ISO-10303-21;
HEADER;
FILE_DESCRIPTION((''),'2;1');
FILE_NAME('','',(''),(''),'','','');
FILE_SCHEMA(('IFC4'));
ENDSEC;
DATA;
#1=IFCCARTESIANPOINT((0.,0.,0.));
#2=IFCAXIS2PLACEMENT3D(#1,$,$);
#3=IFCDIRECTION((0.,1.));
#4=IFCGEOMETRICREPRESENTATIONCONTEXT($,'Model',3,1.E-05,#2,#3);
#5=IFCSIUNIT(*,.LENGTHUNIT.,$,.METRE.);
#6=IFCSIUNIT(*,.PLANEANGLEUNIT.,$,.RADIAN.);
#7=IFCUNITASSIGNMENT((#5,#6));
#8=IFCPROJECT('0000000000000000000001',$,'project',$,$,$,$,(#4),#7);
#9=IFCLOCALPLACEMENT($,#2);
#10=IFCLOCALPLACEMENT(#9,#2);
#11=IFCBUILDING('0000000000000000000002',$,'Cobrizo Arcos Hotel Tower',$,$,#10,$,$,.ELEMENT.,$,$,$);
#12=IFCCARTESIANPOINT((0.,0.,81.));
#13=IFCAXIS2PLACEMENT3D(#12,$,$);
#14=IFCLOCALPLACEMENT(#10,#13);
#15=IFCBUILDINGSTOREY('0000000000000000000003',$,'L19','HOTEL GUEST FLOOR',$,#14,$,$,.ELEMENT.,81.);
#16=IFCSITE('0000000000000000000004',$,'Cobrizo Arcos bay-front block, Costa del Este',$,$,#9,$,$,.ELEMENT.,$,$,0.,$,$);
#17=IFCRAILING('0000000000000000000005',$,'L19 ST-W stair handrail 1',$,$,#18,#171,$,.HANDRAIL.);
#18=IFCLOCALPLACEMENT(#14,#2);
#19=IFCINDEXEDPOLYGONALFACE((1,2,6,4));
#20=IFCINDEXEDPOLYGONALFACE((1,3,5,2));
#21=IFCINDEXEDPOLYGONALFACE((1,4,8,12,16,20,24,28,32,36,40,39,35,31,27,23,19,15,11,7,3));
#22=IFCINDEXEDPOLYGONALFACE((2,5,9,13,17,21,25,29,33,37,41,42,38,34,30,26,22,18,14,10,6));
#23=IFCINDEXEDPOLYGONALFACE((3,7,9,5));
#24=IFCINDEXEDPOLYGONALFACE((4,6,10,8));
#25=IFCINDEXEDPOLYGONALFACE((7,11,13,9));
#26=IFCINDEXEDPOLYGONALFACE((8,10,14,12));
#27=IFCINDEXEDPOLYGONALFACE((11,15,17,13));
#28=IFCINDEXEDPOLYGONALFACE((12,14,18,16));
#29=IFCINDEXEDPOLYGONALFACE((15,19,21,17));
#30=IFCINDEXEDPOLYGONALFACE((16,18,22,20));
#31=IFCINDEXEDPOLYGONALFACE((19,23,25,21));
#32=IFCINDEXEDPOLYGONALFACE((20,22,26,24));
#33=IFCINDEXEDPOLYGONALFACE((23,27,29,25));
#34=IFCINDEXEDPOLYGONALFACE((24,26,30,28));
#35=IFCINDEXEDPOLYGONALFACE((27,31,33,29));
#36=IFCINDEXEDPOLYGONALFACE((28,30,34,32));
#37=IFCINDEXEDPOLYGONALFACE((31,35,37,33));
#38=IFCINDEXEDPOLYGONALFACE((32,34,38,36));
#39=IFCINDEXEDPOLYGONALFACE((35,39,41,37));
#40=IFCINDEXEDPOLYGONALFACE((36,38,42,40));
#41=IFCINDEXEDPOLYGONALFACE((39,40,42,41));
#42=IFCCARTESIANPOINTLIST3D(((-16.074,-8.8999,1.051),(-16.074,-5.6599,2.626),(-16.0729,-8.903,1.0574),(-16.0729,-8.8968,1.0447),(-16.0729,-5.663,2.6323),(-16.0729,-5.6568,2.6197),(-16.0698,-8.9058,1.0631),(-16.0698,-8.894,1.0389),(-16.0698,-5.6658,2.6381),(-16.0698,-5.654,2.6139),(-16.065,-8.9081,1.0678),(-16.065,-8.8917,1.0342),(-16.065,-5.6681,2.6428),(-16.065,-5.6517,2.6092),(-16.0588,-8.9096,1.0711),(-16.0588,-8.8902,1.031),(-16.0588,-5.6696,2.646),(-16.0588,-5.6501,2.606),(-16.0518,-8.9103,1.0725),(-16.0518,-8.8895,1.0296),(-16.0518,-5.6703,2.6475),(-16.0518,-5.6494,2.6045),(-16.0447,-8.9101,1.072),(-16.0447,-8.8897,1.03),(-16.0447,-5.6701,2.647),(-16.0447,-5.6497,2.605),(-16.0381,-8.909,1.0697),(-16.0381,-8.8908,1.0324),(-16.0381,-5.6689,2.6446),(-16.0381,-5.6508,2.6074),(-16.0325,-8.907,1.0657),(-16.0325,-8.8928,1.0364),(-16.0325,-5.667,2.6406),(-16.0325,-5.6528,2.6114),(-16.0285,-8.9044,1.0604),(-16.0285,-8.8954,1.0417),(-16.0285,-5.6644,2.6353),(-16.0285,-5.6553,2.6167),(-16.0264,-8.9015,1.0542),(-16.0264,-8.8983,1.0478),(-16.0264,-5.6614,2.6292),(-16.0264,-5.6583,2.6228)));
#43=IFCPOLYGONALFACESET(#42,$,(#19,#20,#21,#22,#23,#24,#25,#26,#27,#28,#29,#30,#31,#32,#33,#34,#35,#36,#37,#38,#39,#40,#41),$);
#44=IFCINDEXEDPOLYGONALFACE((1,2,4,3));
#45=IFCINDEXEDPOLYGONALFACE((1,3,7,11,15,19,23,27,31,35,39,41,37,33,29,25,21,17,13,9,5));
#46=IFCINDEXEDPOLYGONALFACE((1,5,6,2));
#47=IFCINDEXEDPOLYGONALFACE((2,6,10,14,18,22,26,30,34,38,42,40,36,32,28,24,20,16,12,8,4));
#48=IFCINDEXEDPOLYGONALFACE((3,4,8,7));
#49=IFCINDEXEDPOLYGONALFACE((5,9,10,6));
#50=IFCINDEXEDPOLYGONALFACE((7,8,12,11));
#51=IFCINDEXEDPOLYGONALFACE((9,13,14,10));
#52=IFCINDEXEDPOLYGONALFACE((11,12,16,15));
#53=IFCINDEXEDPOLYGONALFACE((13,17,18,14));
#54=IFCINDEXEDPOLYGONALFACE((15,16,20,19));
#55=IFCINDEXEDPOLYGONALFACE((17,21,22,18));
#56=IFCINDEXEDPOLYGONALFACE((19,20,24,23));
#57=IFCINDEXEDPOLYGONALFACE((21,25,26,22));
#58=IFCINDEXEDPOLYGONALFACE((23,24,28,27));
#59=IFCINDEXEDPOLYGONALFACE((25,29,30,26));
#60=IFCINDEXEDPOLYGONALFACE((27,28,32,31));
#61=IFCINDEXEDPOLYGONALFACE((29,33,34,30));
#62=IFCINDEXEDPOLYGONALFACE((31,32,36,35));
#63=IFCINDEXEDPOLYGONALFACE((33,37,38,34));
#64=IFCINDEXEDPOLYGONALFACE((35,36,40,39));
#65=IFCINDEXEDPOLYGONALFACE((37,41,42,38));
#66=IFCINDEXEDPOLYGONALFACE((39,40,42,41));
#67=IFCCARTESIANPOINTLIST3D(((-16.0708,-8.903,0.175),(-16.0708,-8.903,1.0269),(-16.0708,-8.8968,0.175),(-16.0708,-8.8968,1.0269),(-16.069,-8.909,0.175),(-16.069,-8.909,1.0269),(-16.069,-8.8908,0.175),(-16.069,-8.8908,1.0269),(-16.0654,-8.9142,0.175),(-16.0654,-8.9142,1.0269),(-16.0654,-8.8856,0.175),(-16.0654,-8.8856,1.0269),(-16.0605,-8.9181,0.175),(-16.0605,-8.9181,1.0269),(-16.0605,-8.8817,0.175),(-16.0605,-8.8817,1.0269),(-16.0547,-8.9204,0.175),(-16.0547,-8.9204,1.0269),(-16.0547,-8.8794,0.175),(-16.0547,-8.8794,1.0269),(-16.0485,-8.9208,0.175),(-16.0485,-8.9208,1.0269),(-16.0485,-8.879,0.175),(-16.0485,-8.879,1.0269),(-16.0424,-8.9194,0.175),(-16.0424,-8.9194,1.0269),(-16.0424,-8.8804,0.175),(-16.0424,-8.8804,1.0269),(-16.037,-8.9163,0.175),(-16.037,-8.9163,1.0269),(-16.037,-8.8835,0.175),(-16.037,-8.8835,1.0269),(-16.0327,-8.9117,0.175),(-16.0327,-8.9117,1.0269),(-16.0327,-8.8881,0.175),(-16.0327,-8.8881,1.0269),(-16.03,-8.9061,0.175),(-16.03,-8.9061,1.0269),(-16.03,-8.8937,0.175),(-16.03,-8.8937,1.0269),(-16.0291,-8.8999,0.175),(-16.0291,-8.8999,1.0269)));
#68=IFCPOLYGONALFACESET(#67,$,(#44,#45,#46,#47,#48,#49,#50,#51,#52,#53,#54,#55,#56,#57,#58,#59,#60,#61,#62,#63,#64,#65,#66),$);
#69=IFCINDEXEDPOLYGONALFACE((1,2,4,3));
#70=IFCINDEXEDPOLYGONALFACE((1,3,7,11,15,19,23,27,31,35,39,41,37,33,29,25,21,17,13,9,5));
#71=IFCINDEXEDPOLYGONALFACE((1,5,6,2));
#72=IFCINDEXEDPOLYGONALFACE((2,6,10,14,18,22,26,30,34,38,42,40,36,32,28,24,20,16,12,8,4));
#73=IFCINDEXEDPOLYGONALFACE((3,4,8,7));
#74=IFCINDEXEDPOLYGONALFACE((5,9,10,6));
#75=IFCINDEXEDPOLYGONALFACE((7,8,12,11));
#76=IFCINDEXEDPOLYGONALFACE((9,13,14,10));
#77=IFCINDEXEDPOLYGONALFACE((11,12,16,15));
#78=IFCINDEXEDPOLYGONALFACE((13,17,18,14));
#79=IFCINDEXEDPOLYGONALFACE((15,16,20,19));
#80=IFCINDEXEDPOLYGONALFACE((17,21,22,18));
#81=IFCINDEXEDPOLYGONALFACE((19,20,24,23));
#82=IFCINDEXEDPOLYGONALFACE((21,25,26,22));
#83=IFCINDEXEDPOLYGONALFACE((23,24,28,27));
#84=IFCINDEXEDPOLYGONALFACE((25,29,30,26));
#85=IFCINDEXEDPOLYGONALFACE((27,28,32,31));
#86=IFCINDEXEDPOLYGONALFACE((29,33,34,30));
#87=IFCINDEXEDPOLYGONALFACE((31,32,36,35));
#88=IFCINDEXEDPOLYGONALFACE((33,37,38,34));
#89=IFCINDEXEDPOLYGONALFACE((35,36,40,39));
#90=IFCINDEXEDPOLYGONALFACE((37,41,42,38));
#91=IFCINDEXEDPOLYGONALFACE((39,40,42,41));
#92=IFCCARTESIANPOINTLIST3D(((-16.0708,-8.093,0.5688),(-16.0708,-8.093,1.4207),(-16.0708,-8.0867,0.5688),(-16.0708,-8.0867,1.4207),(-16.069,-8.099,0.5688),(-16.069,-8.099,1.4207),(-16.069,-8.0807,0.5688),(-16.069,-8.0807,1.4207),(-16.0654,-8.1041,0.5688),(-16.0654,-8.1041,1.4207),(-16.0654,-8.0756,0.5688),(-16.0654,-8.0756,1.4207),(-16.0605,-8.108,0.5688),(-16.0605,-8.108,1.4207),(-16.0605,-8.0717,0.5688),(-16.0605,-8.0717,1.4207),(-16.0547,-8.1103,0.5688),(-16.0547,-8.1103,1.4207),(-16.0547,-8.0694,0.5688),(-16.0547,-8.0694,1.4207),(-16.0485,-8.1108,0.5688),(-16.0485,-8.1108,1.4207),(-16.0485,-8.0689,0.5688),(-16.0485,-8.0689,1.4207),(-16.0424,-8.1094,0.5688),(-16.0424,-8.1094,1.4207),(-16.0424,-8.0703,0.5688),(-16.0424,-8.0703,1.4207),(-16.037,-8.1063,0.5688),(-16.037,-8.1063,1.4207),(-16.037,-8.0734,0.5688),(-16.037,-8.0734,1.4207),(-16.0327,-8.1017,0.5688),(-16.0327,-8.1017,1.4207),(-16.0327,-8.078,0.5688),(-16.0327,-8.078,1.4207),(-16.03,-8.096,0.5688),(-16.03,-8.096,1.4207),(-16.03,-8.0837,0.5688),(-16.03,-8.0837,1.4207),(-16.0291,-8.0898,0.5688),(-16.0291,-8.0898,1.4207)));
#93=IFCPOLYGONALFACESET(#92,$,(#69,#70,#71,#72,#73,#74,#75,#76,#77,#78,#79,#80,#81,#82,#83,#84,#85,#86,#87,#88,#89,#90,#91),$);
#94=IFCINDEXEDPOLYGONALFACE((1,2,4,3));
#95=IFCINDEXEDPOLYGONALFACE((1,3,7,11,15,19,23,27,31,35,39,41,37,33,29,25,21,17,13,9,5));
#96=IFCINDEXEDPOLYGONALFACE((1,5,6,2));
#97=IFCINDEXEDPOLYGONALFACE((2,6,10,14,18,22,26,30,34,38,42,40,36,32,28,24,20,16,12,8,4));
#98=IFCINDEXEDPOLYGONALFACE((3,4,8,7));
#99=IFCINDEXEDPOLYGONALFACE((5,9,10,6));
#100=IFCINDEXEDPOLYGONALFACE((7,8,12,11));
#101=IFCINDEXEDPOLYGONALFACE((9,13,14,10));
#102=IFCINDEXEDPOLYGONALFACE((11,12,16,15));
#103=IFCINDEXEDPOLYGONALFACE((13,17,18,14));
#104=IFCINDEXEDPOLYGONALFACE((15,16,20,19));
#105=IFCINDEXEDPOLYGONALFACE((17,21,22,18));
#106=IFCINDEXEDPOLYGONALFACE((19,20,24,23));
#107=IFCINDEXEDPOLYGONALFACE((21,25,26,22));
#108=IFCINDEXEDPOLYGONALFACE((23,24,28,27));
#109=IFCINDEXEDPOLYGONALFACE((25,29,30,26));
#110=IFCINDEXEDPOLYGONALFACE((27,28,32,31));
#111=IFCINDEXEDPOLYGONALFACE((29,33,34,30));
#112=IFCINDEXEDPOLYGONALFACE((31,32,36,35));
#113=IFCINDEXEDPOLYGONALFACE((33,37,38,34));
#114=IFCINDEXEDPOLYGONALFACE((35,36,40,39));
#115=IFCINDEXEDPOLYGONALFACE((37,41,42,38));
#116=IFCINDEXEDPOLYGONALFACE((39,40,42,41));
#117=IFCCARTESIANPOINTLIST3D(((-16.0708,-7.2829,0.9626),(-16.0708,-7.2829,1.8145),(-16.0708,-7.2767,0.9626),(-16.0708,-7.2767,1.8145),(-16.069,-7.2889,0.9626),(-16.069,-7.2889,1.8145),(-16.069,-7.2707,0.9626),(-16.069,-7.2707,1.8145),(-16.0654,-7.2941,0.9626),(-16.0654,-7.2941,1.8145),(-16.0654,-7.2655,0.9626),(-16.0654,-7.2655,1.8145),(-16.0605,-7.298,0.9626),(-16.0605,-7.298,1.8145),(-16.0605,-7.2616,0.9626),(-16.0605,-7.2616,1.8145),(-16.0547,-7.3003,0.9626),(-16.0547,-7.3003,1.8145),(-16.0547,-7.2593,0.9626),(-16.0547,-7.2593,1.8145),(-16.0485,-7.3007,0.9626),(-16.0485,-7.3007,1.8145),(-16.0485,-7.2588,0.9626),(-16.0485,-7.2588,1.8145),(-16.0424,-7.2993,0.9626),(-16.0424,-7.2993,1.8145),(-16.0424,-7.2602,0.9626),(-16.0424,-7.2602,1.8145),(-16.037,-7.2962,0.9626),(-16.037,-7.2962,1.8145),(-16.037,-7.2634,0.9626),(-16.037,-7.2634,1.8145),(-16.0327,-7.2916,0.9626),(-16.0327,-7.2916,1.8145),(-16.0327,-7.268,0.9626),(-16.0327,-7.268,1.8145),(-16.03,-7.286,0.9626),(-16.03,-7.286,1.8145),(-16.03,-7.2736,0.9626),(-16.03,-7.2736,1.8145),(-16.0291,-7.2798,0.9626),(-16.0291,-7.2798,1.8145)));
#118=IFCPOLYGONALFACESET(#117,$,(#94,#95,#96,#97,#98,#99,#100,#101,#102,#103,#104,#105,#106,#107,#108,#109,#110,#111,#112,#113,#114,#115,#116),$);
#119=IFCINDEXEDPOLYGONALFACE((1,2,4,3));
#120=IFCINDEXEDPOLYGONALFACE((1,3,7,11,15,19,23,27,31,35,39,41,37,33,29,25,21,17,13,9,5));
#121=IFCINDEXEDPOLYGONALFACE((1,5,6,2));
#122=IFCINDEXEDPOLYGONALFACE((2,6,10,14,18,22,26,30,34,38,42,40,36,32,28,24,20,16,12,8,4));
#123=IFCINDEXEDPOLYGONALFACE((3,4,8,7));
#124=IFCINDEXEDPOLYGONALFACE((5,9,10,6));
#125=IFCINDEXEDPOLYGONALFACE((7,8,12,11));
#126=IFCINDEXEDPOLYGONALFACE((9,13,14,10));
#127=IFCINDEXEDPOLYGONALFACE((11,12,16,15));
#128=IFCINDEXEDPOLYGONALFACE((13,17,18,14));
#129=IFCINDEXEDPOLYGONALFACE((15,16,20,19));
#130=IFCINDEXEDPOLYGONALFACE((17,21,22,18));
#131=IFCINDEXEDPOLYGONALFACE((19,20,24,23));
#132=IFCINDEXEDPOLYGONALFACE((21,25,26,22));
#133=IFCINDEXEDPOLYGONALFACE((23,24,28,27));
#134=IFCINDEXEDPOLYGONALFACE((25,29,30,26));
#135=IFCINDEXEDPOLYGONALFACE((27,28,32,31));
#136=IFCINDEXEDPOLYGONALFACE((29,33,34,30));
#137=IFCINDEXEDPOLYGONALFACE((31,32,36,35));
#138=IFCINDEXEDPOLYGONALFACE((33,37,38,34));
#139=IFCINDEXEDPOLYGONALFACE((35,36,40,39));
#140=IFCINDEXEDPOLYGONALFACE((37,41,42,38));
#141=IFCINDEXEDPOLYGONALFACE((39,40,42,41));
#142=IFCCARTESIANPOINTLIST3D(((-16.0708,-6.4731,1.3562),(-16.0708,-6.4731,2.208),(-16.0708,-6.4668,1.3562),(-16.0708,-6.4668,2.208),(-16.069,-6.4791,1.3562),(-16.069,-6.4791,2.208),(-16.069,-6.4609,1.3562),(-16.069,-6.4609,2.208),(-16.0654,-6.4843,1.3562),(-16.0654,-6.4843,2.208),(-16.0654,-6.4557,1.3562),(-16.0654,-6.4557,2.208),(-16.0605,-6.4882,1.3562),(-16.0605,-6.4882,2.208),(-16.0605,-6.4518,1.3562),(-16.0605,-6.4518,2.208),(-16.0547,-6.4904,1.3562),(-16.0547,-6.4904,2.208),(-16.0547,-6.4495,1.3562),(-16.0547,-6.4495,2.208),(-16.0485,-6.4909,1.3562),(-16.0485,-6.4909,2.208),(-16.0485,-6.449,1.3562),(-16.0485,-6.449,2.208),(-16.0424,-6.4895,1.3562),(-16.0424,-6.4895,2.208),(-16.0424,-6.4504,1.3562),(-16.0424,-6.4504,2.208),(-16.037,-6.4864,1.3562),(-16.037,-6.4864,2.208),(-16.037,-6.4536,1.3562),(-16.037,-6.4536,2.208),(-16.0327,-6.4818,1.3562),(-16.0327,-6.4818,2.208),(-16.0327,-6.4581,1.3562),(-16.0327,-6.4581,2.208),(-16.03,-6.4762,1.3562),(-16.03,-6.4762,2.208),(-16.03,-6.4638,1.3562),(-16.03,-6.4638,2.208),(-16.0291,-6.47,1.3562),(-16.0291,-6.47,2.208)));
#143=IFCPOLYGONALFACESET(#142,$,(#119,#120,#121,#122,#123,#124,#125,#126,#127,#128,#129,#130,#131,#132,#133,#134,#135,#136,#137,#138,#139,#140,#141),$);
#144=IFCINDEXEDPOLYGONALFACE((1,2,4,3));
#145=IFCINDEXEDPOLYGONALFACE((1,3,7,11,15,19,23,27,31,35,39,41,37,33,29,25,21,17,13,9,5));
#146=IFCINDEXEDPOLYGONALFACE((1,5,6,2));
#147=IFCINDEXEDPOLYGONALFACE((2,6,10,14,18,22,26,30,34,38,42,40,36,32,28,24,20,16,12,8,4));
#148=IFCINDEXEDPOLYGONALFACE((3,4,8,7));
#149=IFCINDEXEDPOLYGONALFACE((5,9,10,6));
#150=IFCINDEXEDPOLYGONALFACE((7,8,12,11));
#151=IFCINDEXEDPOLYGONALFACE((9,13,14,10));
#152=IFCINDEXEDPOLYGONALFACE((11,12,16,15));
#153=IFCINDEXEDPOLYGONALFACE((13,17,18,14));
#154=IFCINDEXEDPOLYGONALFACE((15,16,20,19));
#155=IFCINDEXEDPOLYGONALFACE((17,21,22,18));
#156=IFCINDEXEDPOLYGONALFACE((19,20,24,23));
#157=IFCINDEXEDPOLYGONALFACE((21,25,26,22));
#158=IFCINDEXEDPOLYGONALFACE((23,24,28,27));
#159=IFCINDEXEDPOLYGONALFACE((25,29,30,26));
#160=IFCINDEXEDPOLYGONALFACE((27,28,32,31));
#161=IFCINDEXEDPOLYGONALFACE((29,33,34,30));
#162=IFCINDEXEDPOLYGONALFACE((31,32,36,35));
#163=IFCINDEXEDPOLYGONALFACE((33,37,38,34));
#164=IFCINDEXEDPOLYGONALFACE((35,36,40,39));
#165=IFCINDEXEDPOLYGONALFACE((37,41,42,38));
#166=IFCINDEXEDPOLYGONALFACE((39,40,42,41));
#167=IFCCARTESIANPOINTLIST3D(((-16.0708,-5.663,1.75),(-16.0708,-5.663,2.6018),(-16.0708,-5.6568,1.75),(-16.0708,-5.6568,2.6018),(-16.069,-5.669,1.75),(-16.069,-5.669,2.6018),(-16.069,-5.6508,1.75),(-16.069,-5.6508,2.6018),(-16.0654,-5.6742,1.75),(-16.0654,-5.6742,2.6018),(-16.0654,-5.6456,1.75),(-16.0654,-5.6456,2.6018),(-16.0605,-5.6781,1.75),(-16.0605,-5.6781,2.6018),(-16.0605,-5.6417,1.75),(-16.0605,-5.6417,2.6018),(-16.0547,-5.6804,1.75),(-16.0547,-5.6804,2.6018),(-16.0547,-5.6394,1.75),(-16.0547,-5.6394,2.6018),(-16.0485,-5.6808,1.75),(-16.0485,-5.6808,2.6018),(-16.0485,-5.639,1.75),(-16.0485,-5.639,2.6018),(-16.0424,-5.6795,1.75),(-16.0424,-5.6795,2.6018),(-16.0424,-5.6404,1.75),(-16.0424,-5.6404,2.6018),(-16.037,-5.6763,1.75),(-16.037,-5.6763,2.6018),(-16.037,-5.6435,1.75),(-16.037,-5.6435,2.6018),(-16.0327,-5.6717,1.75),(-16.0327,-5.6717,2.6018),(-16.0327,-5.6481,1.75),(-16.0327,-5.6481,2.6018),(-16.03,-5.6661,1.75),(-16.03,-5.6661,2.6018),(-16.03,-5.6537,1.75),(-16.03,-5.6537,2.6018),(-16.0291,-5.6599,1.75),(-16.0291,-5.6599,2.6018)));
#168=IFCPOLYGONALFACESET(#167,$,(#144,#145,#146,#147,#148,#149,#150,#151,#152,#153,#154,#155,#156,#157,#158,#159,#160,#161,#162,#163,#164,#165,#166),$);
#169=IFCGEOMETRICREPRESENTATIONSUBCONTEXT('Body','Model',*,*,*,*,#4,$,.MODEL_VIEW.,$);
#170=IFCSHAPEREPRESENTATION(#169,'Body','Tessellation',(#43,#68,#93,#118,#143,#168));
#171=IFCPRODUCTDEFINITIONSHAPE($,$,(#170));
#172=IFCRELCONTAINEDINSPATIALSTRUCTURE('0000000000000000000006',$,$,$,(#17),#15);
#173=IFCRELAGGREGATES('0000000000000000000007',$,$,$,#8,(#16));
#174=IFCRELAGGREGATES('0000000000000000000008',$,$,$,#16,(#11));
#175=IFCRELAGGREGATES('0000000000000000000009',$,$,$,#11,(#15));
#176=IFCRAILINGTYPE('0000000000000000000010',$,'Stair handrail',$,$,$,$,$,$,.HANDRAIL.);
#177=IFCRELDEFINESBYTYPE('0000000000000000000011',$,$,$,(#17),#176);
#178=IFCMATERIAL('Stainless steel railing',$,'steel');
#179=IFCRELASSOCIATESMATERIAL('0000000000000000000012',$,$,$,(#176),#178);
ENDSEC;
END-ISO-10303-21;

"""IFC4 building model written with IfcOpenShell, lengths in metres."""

from ifc_helpers import new_model, si_unit, direction, frame, origin, origin_2d, place, context, subcontext, project, spatial, circle, extrude, material, type_object, element, save


model = new_model("IFC4")

# Units and contexts
model_context = context("Model", 3, precision=1e-05, world=origin(), true_north=direction((0.0, 1.0)))
body_context = subcontext(model_context, "Body", "Model", "MODEL_VIEW")
ifc_project = project(units=[si_unit("LENGTHUNIT", "METRE"), si_unit("PLANEANGLEUNIT", "RADIAN")], contexts=[model_context])

# Site, building, storey
site_placement = place(None, origin())
site = spatial("IfcSite", under=ifc_project, at=site_placement, Name="Cobrizo Arcos bay-front block, Costa del Este", CompositionType="ELEMENT", RefElevation=0.0)
building_placement = place(site_placement, origin())
building = spatial("IfcBuilding", under=site, at=building_placement, Name="Cobrizo Arcos Hotel Tower", CompositionType="ELEMENT")
storey_placement = place(building_placement, frame((0.0, 0.0, 81.0)))
storey = spatial("IfcBuildingStorey", under=building, at=storey_placement, Name="L19", Description="HOTEL GUEST FLOOR", CompositionType="ELEMENT", Elevation=81.0)

# Railing
ifc_material_1 = material(Name="Stainless steel railing", Category="steel")
railing_type_1 = type_object("IfcRailingType", Name="Stair handrail", PredefinedType="HANDRAIL", material=ifc_material_1)
railing_1_placement = place(storey_placement, frame((-16.05, -8.8999, 0.175)))
element("IfcRailing", 1, at=railing_1_placement, inside=storey, type_object=railing_type_1, Name="L19 ST-W stair handrail 1", PredefinedType="HANDRAIL", context=body_context, shape_type="SweptSolid", body=[
    extrude(circle(Radius=0.0239, at=origin_2d()), frame((0.0, 0.0, 0.876), z_axis=(0.0, 0.899373, 0.437183), x_axis=(-1.0, 0.0, 0.0)), (0.0, 0.0, 1.0), 3.6025),
    extrude(circle(Radius=0.021, at=origin_2d()), origin(), (0.0, 0.0, 1.0), 0.8518),
    extrude(circle(Radius=0.021, at=origin_2d()), frame((0.0, 0.8101, 0.3938)), (0.0, 0.0, 1.0), 0.8518),
    extrude(circle(Radius=0.021, at=origin_2d()), frame((0.0, 1.6201, 0.7876)), (0.0, 0.0, 1.0), 0.8518),
    extrude(circle(Radius=0.021, at=origin_2d()), frame((0.0, 2.4299, 1.1812)), (0.0, 0.0, 1.0), 0.8518),
    extrude(circle(Radius=0.021, at=origin_2d()), frame((0.0, 3.24, 1.575)), (0.0, 0.0, 1.0), 0.8518),
])

save(model, "model.ifc")
